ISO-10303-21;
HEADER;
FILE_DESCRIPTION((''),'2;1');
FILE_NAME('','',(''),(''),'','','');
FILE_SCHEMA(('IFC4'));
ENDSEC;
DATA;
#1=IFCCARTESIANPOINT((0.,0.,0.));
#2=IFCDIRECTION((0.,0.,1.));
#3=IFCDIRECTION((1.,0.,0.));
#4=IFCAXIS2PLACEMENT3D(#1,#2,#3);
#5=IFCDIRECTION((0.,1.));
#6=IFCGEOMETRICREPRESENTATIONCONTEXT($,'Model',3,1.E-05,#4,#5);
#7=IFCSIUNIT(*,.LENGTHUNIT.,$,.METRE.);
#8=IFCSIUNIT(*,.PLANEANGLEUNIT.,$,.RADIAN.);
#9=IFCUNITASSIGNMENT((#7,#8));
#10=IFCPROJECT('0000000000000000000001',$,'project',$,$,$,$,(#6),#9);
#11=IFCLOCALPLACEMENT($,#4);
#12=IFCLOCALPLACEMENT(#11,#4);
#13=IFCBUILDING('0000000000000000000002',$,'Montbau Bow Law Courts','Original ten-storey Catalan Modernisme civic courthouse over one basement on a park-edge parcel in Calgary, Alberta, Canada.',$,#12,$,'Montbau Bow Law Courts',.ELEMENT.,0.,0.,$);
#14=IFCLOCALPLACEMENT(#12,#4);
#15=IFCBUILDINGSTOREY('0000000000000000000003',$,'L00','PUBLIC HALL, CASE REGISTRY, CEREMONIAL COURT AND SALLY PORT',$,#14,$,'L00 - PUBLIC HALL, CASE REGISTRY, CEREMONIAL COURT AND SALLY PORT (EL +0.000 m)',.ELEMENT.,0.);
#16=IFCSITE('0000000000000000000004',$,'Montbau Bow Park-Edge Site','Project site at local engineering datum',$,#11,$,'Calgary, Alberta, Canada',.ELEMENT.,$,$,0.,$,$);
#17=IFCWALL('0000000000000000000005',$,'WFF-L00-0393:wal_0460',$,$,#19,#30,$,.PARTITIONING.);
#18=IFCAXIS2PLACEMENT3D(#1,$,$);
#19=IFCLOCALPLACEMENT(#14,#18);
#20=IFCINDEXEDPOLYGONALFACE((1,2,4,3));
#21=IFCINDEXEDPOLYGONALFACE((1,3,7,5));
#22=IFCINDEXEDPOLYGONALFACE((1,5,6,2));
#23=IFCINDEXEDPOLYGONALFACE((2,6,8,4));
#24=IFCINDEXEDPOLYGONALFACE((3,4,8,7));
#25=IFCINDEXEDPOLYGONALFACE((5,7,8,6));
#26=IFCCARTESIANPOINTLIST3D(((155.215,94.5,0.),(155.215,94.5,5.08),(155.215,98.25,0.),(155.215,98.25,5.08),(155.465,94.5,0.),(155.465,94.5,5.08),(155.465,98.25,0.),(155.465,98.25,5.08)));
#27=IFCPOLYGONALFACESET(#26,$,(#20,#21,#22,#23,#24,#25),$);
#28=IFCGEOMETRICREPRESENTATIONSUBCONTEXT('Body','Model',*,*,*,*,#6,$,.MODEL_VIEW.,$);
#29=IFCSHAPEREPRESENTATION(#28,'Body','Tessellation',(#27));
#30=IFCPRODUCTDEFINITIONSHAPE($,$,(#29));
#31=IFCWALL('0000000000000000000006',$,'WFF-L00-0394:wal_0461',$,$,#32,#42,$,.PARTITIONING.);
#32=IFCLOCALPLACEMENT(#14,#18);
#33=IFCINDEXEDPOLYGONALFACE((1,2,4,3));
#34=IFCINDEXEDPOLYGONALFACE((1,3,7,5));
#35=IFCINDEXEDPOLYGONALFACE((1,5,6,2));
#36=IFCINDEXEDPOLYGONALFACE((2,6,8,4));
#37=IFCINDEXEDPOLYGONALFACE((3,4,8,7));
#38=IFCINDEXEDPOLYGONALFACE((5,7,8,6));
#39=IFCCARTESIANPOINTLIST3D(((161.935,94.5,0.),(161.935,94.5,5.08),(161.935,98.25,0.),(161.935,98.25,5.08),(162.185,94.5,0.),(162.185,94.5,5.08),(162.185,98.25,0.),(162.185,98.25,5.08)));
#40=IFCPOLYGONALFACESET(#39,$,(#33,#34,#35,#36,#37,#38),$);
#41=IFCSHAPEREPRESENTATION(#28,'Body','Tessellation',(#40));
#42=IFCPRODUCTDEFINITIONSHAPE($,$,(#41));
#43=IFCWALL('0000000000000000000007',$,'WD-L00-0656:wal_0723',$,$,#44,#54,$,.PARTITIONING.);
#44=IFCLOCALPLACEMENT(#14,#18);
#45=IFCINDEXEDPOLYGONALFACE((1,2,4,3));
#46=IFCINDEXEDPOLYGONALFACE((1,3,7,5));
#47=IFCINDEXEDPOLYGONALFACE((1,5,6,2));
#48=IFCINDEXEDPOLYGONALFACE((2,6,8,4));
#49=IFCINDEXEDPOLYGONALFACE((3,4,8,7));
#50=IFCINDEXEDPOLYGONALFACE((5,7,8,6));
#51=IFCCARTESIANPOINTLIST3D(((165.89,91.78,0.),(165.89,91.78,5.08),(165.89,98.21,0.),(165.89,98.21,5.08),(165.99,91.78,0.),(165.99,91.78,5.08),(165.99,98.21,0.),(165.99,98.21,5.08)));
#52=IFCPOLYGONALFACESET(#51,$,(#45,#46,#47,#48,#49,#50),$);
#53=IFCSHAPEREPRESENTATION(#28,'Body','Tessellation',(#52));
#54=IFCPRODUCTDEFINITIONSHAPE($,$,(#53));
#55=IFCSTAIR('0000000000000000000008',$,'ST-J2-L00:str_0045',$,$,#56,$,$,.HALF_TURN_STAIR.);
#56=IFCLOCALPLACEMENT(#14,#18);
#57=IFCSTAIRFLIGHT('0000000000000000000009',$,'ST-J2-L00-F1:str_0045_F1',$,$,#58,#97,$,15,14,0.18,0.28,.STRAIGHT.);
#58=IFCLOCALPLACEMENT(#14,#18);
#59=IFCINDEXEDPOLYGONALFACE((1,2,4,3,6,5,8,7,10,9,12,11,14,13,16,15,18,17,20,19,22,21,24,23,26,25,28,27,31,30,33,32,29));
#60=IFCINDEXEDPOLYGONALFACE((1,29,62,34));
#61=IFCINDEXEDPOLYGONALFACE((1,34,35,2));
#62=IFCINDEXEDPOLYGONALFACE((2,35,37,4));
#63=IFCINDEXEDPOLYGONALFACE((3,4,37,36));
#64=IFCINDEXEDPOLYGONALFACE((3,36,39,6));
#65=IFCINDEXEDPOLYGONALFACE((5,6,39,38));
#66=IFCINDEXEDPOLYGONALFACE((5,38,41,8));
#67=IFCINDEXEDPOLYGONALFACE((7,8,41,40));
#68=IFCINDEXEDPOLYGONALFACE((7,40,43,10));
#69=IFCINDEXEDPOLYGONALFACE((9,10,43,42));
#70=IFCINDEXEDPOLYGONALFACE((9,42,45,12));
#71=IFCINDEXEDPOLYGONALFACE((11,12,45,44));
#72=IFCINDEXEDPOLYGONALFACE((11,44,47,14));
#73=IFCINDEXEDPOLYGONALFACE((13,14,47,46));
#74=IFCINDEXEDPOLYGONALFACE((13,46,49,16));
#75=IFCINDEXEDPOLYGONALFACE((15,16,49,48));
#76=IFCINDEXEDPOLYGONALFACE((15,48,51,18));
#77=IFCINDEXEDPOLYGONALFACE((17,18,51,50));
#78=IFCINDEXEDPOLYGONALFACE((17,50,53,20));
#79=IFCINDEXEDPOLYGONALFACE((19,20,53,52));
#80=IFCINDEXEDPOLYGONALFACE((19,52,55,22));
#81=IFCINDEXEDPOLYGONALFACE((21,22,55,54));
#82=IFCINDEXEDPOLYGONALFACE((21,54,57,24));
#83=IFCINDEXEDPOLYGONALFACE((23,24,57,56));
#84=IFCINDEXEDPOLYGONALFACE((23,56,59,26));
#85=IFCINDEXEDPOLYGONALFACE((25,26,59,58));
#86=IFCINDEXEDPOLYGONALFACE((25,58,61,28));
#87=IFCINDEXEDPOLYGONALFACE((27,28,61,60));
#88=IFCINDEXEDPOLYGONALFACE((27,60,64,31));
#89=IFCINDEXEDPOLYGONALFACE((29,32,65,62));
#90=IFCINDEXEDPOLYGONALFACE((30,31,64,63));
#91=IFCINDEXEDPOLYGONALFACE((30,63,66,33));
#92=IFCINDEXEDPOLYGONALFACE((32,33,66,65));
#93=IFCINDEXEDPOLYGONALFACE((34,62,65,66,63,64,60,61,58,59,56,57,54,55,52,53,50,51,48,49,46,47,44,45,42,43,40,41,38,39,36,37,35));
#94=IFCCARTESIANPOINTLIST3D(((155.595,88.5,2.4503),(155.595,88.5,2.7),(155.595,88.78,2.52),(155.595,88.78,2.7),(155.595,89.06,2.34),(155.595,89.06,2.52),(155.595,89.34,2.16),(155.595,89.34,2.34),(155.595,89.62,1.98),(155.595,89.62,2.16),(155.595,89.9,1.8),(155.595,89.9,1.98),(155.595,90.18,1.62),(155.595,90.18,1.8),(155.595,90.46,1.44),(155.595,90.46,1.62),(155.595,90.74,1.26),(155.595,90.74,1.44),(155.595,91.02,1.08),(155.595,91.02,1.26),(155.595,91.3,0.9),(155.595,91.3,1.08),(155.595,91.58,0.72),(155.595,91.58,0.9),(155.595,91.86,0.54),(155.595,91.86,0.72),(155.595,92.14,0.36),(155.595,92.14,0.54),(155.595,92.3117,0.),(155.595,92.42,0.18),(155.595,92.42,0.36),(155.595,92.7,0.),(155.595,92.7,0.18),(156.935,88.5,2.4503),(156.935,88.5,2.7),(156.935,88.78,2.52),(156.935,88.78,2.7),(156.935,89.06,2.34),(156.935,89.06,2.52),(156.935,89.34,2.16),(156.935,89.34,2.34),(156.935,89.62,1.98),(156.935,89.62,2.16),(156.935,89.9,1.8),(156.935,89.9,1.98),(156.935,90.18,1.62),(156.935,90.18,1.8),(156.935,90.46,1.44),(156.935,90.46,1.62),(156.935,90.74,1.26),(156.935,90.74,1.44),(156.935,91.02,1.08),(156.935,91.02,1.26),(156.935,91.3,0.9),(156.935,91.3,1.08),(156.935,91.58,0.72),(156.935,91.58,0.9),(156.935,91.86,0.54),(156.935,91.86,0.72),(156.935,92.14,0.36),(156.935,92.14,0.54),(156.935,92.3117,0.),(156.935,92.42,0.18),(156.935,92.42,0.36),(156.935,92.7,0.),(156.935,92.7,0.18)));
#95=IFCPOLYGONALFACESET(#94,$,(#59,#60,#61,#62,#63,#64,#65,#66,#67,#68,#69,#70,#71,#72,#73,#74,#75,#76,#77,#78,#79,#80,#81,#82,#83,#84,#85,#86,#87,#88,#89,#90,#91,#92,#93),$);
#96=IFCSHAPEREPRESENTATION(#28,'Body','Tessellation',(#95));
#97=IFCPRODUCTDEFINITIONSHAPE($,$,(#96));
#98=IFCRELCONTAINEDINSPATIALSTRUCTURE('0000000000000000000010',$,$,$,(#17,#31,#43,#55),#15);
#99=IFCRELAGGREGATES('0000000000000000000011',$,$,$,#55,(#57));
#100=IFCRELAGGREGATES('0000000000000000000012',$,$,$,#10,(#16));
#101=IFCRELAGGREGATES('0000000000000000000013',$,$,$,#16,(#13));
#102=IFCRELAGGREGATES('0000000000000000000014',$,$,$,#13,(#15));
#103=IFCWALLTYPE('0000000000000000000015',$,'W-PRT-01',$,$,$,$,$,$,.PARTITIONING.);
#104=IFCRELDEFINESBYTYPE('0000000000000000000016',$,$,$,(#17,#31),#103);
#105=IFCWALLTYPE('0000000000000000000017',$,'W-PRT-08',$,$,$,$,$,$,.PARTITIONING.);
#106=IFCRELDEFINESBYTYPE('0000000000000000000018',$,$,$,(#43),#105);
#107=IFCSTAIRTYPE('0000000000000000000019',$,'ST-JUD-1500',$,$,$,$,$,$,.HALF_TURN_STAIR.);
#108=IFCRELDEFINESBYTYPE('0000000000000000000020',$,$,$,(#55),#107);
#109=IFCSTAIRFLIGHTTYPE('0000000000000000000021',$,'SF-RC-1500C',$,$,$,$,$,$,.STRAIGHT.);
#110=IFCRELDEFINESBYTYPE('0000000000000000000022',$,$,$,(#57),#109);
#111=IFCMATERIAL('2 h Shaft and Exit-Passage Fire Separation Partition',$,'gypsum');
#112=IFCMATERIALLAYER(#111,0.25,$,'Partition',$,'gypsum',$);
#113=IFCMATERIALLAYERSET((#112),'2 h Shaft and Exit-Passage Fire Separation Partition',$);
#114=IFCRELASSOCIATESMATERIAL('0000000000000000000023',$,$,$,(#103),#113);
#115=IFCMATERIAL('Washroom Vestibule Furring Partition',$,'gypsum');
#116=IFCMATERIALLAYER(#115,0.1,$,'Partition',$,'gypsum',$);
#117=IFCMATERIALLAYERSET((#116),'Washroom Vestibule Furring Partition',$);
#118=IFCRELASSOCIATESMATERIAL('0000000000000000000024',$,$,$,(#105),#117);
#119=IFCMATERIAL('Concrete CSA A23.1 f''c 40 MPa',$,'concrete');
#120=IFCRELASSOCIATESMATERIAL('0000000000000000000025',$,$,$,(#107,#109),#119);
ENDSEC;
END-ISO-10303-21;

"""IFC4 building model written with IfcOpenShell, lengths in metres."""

from ifc_helpers import new_model, si_unit, direction, frame, frame_2d, origin_with_axes, place, context, subcontext, project, spatial, polyline, rectangle, outline, extrude, material, layer, layer_set, type_object, element, aggregate, save


model = new_model("IFC4")

# Units and contexts
model_context = context("Model", 3, precision=1e-05, world=origin_with_axes(), true_north=direction((0.0, 1.0)))
body_context = subcontext(model_context, "Body", "Model", "MODEL_VIEW")
ifc_project = project(units=[si_unit("LENGTHUNIT", "METRE"), si_unit("PLANEANGLEUNIT", "RADIAN")], contexts=[model_context])

# Site, building, storey
site_placement = place(None, origin_with_axes())
site = spatial("IfcSite", under=ifc_project, at=site_placement, Name="Montbau Bow Park-Edge Site", Description="Project site at local engineering datum", LongName="Calgary, Alberta, Canada", CompositionType="ELEMENT", RefElevation=0.0)
building_placement = place(site_placement, origin_with_axes())
building = spatial("IfcBuilding", under=site, at=building_placement, Name="Montbau Bow Law Courts", Description="Original ten-storey Catalan Modernisme civic courthouse over one basement on a park-edge parcel in Calgary, Alberta, Canada.", LongName="Montbau Bow Law Courts", CompositionType="ELEMENT", ElevationOfRefHeight=0.0, ElevationOfTerrain=0.0)
storey_placement = place(building_placement, origin_with_axes())
storey = spatial("IfcBuildingStorey", under=building, at=storey_placement, Name="L00", Description="PUBLIC HALL, CASE REGISTRY, CEREMONIAL COURT AND SALLY PORT", LongName="L00 - PUBLIC HALL, CASE REGISTRY, CEREMONIAL COURT AND SALLY PORT (EL +0.000 m)", CompositionType="ELEMENT", Elevation=0.0)

# Walls
ifc_material_1 = material(Name="2 h Shaft and Exit-Passage Fire Separation Partition", Category="gypsum")
ifc_layer_1 = layer(ifc_material_1, 0.25, Name="Partition", Category="gypsum")
ifc_layer_set_1 = layer_set([ifc_layer_1], Name="2 h Shaft and Exit-Passage Fire Separation Partition")
wall_type_1 = type_object("IfcWallType", Name="W-PRT-01", PredefinedType="PARTITIONING", material=ifc_layer_set_1)
for number, where, z_axis, x_axis, name in (
    (1, (155.34, 94.5, 0.0), (0.0, 0.0, 1.0), (0.0, 1.0, 0.0), "WFF-L00-0393:wal_0460"),
    (2, (162.06, 94.5, 0.0), (0.0, 0.0, 1.0), (0.0, 1.0, 0.0), "WFF-L00-0394:wal_0461"),
):
    element("IfcWall", number, at=place(None, frame(where, z_axis=z_axis, x_axis=x_axis)), inside=storey, type_object=wall_type_1, Name=name, PredefinedType="PARTITIONING", context=body_context, shape_type="SweptSolid", body=[
        extrude(rectangle(XDim=3.75, YDim=0.25, at=frame_2d((1.875, 0.0), x_axis=(1.0, 0.0))), origin_with_axes(), (0.0, 0.0, 1.0), 5.08),
    ])
ifc_material_2 = material(Name="Washroom Vestibule Furring Partition", Category="gypsum")
ifc_layer_2 = layer(ifc_material_2, 0.1, Name="Partition", Category="gypsum")
ifc_layer_set_2 = layer_set([ifc_layer_2], Name="Washroom Vestibule Furring Partition")
wall_type_2 = type_object("IfcWallType", Name="W-PRT-08", PredefinedType="PARTITIONING", material=ifc_layer_set_2)
wall_1_placement = place(None, frame((165.94, 91.78, 0.0), z_axis=(0.0, 0.0, 1.0), x_axis=(0.0, 1.0, 0.0)))
element("IfcWall", 3, at=wall_1_placement, inside=storey, type_object=wall_type_2, Name="WD-L00-0656:wal_0723", PredefinedType="PARTITIONING", context=body_context, shape_type="SweptSolid", body=[
    extrude(rectangle(XDim=6.43, YDim=0.1, at=frame_2d((3.215, 0.0), x_axis=(1.0, 0.0))), origin_with_axes(), (0.0, 0.0, 1.0), 5.08),
])

# Stair, stair flight
ifc_material_3 = material(Name="Concrete CSA A23.1 f'c 40 MPa", Category="concrete")
stair_type = type_object("IfcStairType", Name="ST-JUD-1500", PredefinedType="HALF_TURN_STAIR", material=ifc_material_3)
stair_placement = place(None, frame((156.265, 92.7, 0.0), z_axis=(0.0, 0.0, 1.0), x_axis=(1.0, 0.0, 0.0)))
stair = element("IfcStair", 4, at=stair_placement, inside=storey, type_object=stair_type, Name="ST-J2-L00:str_0045", PredefinedType="HALF_TURN_STAIR")
stair_flight_type = type_object("IfcStairFlightType", Name="SF-RC-1500C", PredefinedType="STRAIGHT", material=ifc_material_3)
stair_flight_placement = place(None, frame((156.265, 92.7, 0.0), z_axis=(0.0, 0.0, 1.0), x_axis=(0.0, -1.0, 0.0)))
stair_flight = element("IfcStairFlight", 5, at=stair_flight_placement, type_object=stair_flight_type, Name="ST-J2-L00-F1:str_0045_F1", NumberOfRisers=15, NumberOfTreads=14, PredefinedType="STRAIGHT", RiserHeight=0.18, TreadLength=0.28, context=body_context, shape_type="SweptSolid", body=[
    extrude(outline(polyline([(0.0, 0.0), (0.0, 0.18), (0.28, 0.18), (0.28, 0.36), (0.56, 0.36), (0.56, 0.54), (0.84, 0.54), (0.84, 0.72), (1.12, 0.72), (1.12, 0.9), (1.4, 0.9), (1.4, 1.08), (1.68, 1.08), (1.68, 1.26), (1.96, 1.26), (1.96, 1.44), (2.24, 1.44), (2.24, 1.62), (2.52, 1.62), (2.52, 1.8), (2.8, 1.8), (2.8, 1.98), (3.08, 1.98), (3.08, 2.16), (3.36, 2.16), (3.36, 2.34), (3.64, 2.34), (3.64, 2.52), (3.92, 2.52), (3.92, 2.7), (4.2, 2.7), (4.2, 2.4503), (0.3883, 0.0), (0.0, 0.0)])), frame((0.0, 0.67, 0.0), z_axis=(0.0, -1.0, 0.0), x_axis=(1.0, 0.0, 0.0)), (0.0, 0.0, 1.0), 1.34),
])
aggregate(stair, [stair_flight])

save(model, "model.ifc")
